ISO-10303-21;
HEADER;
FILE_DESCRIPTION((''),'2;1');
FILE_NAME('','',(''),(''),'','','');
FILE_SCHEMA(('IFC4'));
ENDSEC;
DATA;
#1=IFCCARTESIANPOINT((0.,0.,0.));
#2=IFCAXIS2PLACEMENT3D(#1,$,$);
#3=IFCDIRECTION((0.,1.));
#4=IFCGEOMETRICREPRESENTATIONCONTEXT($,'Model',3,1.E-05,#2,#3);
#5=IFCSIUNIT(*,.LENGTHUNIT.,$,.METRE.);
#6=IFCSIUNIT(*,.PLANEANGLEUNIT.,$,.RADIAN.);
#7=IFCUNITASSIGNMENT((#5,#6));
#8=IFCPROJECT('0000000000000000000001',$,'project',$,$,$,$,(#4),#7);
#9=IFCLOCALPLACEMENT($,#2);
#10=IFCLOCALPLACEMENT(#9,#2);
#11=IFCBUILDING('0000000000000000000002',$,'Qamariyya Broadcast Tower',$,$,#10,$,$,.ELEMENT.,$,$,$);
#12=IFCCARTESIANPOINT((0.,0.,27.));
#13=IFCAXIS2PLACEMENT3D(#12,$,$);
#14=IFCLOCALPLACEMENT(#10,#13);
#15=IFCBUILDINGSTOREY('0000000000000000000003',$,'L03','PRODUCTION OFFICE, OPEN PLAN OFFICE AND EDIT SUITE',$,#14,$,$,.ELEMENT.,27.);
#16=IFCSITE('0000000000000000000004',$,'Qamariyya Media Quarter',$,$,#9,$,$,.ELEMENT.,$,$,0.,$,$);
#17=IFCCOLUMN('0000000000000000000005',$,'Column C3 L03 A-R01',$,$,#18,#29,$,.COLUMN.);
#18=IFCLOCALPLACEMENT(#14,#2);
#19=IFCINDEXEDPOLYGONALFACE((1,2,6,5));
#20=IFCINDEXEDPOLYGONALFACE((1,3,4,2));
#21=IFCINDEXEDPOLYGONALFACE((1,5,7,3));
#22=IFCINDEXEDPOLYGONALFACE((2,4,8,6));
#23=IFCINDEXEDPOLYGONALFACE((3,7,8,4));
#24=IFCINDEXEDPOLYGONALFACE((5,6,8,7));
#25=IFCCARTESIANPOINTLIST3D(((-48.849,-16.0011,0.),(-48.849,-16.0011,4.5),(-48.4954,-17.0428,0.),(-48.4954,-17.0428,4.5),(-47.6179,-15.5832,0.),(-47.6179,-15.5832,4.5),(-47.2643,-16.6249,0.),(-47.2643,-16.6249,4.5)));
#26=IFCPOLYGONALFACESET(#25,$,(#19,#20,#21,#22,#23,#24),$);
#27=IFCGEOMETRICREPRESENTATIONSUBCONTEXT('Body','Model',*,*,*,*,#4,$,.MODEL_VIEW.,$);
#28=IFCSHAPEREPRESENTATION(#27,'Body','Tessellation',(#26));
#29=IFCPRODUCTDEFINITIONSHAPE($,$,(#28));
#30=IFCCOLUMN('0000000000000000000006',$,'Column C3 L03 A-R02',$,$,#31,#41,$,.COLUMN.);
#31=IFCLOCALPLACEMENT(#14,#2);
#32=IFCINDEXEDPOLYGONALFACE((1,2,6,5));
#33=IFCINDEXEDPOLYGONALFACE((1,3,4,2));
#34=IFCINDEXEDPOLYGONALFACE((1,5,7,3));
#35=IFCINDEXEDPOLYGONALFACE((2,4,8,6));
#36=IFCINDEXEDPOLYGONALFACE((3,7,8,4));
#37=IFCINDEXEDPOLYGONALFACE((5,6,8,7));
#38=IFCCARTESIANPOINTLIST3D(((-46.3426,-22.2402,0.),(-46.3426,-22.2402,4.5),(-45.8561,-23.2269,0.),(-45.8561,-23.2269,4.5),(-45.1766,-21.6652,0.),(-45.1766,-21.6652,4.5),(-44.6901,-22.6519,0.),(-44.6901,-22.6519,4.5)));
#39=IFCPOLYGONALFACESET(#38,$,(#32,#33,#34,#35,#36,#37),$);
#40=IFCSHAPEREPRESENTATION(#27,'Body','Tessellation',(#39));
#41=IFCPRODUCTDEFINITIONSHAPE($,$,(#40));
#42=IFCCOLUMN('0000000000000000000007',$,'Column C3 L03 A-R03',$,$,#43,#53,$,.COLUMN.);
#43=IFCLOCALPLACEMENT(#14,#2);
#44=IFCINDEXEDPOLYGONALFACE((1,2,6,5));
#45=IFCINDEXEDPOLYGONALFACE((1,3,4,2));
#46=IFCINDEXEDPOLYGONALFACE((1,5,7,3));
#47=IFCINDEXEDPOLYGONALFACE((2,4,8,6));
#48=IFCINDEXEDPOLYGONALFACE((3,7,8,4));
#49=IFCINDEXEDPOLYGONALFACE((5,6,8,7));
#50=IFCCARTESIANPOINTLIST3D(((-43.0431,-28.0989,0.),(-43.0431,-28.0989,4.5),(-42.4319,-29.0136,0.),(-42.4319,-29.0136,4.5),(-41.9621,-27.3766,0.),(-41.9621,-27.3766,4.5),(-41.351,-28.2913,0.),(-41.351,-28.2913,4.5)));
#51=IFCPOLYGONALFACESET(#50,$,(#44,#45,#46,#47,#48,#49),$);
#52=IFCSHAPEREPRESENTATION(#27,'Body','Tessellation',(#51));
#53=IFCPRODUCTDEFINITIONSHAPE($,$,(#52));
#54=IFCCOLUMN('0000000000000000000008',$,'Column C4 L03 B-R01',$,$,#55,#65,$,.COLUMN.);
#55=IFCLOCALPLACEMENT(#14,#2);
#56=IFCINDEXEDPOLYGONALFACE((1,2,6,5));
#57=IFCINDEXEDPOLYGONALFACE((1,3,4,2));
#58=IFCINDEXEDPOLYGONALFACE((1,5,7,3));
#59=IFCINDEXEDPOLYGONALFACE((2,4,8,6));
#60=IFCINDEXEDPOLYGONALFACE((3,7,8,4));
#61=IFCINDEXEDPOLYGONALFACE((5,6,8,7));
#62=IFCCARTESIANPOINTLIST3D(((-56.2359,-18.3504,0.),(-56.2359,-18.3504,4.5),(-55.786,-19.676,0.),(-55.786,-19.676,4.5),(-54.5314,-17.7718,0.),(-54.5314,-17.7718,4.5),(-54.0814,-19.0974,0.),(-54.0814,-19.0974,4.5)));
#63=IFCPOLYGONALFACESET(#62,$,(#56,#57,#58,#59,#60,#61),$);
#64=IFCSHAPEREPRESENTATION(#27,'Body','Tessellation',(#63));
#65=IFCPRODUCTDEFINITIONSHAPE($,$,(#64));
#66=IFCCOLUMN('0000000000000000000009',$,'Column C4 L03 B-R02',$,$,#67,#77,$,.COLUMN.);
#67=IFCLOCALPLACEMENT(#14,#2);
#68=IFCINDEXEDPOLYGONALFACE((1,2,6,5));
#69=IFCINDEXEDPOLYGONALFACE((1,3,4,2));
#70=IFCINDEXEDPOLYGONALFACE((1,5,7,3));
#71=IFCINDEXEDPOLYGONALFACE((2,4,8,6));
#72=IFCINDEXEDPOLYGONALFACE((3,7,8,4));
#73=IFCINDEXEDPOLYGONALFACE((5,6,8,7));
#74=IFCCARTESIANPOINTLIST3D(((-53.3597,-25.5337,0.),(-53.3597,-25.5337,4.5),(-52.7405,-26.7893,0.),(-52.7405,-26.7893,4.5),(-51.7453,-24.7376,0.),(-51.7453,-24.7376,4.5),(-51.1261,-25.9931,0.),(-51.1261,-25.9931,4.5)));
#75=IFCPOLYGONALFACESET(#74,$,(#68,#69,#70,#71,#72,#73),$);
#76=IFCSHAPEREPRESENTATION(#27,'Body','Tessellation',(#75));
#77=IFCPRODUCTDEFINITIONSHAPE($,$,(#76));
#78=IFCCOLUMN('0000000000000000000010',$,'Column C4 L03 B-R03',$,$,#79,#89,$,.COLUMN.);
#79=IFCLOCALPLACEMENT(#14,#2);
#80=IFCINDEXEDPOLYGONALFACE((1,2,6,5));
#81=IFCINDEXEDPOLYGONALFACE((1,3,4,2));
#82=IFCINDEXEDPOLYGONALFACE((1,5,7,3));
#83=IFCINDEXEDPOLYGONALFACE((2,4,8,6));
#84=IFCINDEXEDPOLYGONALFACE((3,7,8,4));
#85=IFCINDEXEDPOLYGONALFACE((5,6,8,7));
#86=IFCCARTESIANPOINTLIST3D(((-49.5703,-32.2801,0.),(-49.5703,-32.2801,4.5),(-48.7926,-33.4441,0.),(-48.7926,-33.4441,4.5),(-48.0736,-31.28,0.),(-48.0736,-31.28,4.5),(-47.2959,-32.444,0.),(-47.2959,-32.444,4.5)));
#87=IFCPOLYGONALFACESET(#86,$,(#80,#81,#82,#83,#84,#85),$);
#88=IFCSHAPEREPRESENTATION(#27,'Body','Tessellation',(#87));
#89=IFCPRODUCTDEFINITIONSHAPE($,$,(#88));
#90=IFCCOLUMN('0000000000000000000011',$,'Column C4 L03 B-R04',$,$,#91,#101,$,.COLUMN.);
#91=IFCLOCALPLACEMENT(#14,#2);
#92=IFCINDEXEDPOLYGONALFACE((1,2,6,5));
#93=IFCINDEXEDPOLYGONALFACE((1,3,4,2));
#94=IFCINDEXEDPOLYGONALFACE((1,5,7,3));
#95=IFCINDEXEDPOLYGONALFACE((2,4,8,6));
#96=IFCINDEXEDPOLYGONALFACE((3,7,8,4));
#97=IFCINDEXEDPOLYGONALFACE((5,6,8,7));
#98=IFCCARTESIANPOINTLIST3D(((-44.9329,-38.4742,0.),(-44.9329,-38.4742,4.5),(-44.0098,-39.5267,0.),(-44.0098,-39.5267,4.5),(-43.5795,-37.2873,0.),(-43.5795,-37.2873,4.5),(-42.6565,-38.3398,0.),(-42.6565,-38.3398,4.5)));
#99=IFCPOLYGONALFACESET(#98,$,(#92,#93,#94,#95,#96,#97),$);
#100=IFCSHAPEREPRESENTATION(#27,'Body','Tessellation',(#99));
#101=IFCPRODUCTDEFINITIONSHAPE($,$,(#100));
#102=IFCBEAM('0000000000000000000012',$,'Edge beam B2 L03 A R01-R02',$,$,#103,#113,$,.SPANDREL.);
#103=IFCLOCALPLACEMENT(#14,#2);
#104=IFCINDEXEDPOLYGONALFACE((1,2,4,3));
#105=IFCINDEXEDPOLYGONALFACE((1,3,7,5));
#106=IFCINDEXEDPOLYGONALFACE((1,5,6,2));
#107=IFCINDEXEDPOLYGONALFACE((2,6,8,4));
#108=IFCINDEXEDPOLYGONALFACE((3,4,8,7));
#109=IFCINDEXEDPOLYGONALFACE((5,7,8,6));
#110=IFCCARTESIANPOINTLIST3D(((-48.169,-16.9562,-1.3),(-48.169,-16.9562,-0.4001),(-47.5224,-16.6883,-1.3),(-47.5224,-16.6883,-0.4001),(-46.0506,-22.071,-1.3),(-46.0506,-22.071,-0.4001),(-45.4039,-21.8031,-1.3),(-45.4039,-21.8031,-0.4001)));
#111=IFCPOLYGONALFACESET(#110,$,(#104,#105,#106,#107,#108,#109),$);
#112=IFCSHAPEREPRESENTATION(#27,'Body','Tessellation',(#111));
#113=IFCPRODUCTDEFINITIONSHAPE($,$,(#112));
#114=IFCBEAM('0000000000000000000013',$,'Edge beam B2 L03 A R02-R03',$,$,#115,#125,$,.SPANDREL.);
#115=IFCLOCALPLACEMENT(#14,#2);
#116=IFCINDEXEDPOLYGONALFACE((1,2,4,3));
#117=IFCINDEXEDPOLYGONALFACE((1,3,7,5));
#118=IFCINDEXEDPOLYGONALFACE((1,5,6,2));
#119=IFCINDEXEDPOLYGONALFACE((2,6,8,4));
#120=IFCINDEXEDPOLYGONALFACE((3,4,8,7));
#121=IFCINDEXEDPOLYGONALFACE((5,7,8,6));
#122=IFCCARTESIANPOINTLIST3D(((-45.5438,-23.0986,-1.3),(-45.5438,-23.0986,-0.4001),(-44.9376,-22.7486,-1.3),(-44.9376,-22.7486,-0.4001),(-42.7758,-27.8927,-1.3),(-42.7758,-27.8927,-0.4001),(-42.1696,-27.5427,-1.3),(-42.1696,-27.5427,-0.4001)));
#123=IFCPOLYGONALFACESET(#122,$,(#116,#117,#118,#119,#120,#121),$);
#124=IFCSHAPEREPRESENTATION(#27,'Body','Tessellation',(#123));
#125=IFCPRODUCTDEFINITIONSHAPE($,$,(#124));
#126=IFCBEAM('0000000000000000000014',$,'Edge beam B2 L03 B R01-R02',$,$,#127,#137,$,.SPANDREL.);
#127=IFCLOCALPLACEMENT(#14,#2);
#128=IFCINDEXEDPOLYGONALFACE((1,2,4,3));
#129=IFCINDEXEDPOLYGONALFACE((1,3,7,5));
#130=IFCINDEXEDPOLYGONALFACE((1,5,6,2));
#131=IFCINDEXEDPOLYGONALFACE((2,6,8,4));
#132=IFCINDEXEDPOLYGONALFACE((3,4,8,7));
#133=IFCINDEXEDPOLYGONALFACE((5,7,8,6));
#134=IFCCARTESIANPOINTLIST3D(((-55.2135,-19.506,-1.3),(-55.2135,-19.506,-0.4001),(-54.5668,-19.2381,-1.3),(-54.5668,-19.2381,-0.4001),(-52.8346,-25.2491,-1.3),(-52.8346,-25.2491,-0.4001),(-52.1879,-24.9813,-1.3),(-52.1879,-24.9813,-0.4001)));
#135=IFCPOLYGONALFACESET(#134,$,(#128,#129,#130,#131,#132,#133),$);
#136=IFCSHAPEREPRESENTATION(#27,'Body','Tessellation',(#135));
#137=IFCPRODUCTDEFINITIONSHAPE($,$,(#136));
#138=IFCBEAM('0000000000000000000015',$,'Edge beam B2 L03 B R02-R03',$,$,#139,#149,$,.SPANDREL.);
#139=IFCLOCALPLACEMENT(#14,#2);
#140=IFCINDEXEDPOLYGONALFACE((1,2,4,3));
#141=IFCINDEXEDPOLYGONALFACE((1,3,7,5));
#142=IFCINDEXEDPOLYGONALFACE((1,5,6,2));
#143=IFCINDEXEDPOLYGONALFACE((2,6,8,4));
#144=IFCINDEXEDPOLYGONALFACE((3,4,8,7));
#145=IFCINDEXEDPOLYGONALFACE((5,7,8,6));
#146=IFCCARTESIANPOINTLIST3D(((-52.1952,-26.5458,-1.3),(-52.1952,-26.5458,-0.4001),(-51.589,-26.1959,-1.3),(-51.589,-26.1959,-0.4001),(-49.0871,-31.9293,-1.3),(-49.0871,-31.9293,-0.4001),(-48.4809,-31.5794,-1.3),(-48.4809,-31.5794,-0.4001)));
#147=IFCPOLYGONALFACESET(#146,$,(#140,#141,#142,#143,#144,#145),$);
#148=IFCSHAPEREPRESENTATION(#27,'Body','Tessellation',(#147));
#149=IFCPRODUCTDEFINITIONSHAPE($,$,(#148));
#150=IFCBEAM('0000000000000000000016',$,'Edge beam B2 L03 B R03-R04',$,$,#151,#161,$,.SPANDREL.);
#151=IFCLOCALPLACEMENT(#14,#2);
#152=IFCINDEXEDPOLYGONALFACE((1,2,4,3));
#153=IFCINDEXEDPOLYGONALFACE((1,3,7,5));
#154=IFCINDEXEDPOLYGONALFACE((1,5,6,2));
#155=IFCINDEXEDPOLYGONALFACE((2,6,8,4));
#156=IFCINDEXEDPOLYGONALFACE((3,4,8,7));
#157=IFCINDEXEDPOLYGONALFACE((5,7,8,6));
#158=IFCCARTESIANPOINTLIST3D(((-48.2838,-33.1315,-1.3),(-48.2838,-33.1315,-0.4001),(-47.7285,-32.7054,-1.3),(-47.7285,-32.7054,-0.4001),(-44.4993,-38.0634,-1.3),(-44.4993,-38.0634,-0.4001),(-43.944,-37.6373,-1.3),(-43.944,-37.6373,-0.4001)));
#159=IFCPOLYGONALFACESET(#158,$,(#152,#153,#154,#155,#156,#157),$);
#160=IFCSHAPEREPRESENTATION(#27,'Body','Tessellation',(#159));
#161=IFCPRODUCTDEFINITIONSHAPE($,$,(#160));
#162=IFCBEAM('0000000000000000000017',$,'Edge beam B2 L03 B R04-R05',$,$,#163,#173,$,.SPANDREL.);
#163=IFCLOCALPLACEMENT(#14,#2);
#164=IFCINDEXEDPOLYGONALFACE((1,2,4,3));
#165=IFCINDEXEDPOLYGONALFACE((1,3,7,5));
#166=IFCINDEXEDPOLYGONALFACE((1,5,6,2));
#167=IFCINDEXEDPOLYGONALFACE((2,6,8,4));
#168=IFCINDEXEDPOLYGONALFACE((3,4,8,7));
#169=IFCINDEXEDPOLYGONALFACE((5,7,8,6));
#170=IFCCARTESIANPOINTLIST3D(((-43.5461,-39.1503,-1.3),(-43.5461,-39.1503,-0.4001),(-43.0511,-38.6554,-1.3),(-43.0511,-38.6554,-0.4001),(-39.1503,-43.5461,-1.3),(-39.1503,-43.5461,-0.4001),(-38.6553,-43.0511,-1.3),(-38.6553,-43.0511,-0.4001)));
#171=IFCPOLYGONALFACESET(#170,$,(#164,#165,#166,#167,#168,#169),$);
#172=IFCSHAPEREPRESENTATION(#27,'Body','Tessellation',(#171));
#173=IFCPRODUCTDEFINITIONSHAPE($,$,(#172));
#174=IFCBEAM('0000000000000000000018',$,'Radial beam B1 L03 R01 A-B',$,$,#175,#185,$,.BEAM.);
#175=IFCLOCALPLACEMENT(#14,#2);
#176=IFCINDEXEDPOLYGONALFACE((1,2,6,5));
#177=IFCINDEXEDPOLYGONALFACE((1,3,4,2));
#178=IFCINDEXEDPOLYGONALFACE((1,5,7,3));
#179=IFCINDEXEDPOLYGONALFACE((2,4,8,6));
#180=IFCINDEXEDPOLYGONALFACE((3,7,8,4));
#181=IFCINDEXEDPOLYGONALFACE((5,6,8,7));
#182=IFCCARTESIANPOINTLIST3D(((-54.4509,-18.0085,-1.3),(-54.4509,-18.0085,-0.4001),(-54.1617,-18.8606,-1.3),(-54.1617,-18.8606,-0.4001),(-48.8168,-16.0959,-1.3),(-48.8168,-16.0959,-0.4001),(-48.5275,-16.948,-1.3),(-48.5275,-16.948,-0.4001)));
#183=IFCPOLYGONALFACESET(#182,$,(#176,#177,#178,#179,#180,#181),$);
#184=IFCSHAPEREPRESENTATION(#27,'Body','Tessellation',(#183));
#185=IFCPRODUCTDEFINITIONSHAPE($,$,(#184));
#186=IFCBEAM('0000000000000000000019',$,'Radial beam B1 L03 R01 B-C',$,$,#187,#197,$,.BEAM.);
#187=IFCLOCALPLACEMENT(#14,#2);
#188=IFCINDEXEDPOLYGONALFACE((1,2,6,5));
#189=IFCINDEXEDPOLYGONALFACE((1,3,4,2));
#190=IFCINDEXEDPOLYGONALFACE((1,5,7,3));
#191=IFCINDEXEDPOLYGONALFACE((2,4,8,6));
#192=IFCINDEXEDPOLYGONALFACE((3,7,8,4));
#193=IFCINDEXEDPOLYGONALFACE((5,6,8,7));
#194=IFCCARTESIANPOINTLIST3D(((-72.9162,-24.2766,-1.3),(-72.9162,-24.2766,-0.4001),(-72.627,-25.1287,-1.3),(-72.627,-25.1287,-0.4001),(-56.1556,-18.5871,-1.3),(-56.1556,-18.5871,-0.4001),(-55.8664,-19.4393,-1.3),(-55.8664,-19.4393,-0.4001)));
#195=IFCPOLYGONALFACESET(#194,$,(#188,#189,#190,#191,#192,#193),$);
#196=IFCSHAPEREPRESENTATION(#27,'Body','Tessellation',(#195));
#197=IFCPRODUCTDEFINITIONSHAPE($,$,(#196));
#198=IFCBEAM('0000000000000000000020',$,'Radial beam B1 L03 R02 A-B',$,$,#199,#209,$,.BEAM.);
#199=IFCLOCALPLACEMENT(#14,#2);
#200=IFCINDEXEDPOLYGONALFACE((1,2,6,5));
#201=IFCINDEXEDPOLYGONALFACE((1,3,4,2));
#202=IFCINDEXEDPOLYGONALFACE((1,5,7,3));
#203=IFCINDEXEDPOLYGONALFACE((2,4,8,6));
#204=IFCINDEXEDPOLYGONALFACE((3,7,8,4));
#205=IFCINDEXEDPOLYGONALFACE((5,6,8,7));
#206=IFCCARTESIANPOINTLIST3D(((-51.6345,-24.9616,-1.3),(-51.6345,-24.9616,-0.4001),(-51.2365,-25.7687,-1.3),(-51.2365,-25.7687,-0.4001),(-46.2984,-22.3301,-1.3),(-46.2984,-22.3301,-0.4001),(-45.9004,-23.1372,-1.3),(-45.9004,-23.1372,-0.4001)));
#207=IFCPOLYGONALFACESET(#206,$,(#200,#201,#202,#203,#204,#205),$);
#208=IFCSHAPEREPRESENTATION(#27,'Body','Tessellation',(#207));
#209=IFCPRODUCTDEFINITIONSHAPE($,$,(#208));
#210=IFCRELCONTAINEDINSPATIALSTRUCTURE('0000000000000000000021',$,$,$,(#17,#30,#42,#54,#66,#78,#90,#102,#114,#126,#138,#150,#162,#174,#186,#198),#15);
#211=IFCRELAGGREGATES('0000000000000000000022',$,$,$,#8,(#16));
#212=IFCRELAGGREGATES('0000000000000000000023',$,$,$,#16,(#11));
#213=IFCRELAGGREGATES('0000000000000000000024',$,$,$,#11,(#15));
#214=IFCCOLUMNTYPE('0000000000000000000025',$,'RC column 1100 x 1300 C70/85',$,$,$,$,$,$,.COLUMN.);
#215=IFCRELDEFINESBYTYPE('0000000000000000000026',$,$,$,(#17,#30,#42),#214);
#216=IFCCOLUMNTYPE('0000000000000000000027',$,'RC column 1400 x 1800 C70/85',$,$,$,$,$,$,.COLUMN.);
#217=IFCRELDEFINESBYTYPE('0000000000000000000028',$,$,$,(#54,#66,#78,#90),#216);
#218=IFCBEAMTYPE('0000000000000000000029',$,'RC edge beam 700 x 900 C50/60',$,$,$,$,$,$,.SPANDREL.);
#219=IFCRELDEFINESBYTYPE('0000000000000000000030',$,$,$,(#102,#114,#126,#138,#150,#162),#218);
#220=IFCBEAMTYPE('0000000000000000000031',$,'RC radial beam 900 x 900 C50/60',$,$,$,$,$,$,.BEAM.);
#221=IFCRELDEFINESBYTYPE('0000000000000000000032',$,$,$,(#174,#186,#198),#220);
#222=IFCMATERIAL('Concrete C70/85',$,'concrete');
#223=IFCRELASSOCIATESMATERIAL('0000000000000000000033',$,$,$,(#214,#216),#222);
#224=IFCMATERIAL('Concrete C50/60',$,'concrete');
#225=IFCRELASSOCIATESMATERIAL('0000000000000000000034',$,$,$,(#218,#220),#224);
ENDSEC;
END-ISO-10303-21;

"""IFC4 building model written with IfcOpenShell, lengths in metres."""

from ifc_helpers import new_model, si_unit, direction, frame, origin, origin_2d, place, context, subcontext, project, spatial, rectangle, extrude, material, material_profile, profile_set, type_object, element, save


model = new_model("IFC4")

# Units and contexts
model_context = context("Model", 3, precision=1e-05, world=origin(), true_north=direction((0.0, 1.0)))
body_context = subcontext(model_context, "Body", "Model", "MODEL_VIEW")
ifc_project = project(units=[si_unit("LENGTHUNIT", "METRE"), si_unit("PLANEANGLEUNIT", "RADIAN")], contexts=[model_context])

# Site, building, storey
site_placement = place(None, origin())
site = spatial("IfcSite", under=ifc_project, at=site_placement, Name="Qamariyya Media Quarter", CompositionType="ELEMENT", RefElevation=0.0)
building_placement = place(site_placement, origin())
building = spatial("IfcBuilding", under=site, at=building_placement, Name="Qamariyya Broadcast Tower", CompositionType="ELEMENT")
storey_placement = place(building_placement, frame((0.0, 0.0, 27.0)))
storey = spatial("IfcBuildingStorey", under=building, at=storey_placement, Name="L03", Description="PRODUCTION OFFICE, OPEN PLAN OFFICE AND EDIT SUITE", CompositionType="ELEMENT", Elevation=27.0)

# Columns
ifc_material_1 = material(Name="Concrete C70/85", Category="concrete")
ifc_material_profile_1 = material_profile(ifc_material_1, rectangle(XDim=1.1001, YDim=1.3, at=origin_2d()))
ifc_profile_set_1 = profile_set([ifc_material_profile_1], Name="Concrete C70/85")
column_type_1 = type_object("IfcColumnType", Name="RC column 1100 x 1300 C70/85", PredefinedType="COLUMN", material=ifc_profile_set_1)
for number, where, z_axis, x_axis, name in (
    (1, (-48.0566, -16.313, 0.0), (0.0, 0.0, 1.0), (0.321439, -0.94693, 0.0), "Column C3 L03 A-R01"),
    (2, (-45.5164, -22.446, 0.0), (0.0, 0.0, 1.0), (0.442289, -0.896873, 0.0), "Column C3 L03 A-R02"),
    (3, (-42.197, -28.1951, 0.0), (0.0, 0.0, 1.0), (0.55557, -0.83147, 0.0), "Column C3 L03 A-R03"),
):
    element("IfcColumn", number, at=place(storey_placement, frame(where, z_axis=z_axis, x_axis=x_axis)), inside=storey, type_object=column_type_1, Name=name, PredefinedType="COLUMN", context=body_context, shape_type="SweptSolid", body=[
        extrude(rectangle(XDim=1.1001, YDim=1.3, at=origin_2d()), origin(), (0.0, 0.0, 1.0), 4.5),
    ])
ifc_material_profile_2 = material_profile(ifc_material_1, rectangle(XDim=1.3999, YDim=1.8, at=origin_2d()))
ifc_profile_set_2 = profile_set([ifc_material_profile_2], Name="Concrete C70/85")
column_type_2 = type_object("IfcColumnType", Name="RC column 1400 x 1800 C70/85", PredefinedType="COLUMN", material=ifc_profile_set_2)
for number, where, z_axis, x_axis, name in (
    (4, (-55.1587, -18.7239, 0.0), (0.0, 0.0, 1.0), (0.321439, -0.94693, 0.0), "Column C4 L03 B-R01"),
    (5, (-52.2429, -25.7634, 0.0), (0.0, 0.0, 1.0), (0.442289, -0.896873, 0.0), "Column C4 L03 B-R02"),
    (6, (-48.4331, -32.3621, 0.0), (0.0, 0.0, 1.0), (0.55557, -0.83147, 0.0), "Column C4 L03 B-R03"),
    (7, (-43.7947, -38.407, 0.0), (0.0, 0.0, 1.0), (0.659346, -0.75184, 0.0), "Column C4 L03 B-R04"),
):
    element("IfcColumn", number, at=place(storey_placement, frame(where, z_axis=z_axis, x_axis=x_axis)), inside=storey, type_object=column_type_2, Name=name, PredefinedType="COLUMN", context=body_context, shape_type="SweptSolid", body=[
        extrude(rectangle(XDim=1.3999, YDim=1.8, at=origin_2d()), origin(), (0.0, 0.0, 1.0), 4.5),
    ])

# Beams
ifc_material_2 = material(Name="Concrete C50/60", Category="concrete")
ifc_material_profile_3 = material_profile(ifc_material_2, rectangle(XDim=0.7, YDim=0.8999, at=origin_2d()))
ifc_profile_set_3 = profile_set([ifc_material_profile_3], Name="Concrete C50/60")
beam_type_1 = type_object("IfcBeamType", Name="RC edge beam 700 x 900 C50/60", PredefinedType="SPANDREL", material=ifc_profile_set_3)
beam_1_placement = place(storey_placement, frame((-47.8457, -16.8223, -0.8501), z_axis=(0.382654, -0.923892, 0.0), x_axis=(0.923892, 0.382654, 0.0)))
element("IfcBeam", 8, at=beam_1_placement, inside=storey, type_object=beam_type_1, Name="Edge beam B2 L03 A R01-R02", PredefinedType="SPANDREL", context=body_context, shape_type="SweptSolid", body=[
    extrude(rectangle(XDim=0.7, YDim=0.8999, at=origin_2d()), origin(), (0.0, 0.0, 1.0), 5.5361),
])
beam_2_placement = place(storey_placement, frame((-45.2407, -22.9236, -0.8501), z_axis=(0.500019, -0.866014, 0.0), x_axis=(0.866014, 0.500019, 0.0)))
element("IfcBeam", 9, at=beam_2_placement, inside=storey, type_object=beam_type_1, Name="Edge beam B2 L03 A R02-R03", PredefinedType="SPANDREL", context=body_context, shape_type="SweptSolid", body=[
    extrude(rectangle(XDim=0.7, YDim=0.8999, at=origin_2d()), origin(), (0.0, 0.0, 1.0), 5.5359),
])
for number, where, z_axis, x_axis, name in (
    (10, (-54.8901, -19.3721, -0.8501), (0.382685, -0.923879, 0.0), (0.923879, 0.382685, 0.0), "Edge beam B2 L03 B R01-R02"),
    (11, (-51.8921, -26.3708, -0.8501), (0.499996, -0.866028, 0.0), (0.866028, 0.499996, 0.0), "Edge beam B2 L03 B R02-R03"),
):
    element("IfcBeam", number, at=place(storey_placement, frame(where, z_axis=z_axis, x_axis=x_axis)), inside=storey, type_object=beam_type_1, Name=name, PredefinedType="SPANDREL", context=body_context, shape_type="SweptSolid", body=[
        extrude(rectangle(XDim=0.7, YDim=0.8999, at=origin_2d()), origin(), (0.0, 0.0, 1.0), 6.2163),
    ])
for number, where, z_axis, x_axis, name in (
    (12, (-48.0061, -32.9185, -0.8501), (0.608767, -0.793349, 0.0), (0.793349, 0.608767, 0.0), "Edge beam B2 L03 B R03-R04"),
    (13, (-43.2986, -38.9028, -0.8501), (0.707107, -0.707107, 0.0), (0.707107, 0.707107, 0.0), "Edge beam B2 L03 B R04-R05"),
):
    element("IfcBeam", number, at=place(storey_placement, frame(where, z_axis=z_axis, x_axis=x_axis)), inside=storey, type_object=beam_type_1, Name=name, PredefinedType="SPANDREL", context=body_context, shape_type="SweptSolid", body=[
        extrude(rectangle(XDim=0.7, YDim=0.8999, at=origin_2d()), origin(), (0.0, 0.0, 1.0), 6.2166),
    ])
ifc_material_profile_4 = material_profile(ifc_material_2, rectangle(XDim=0.8999, YDim=0.8999, at=origin_2d()))
ifc_profile_set_4 = profile_set([ifc_material_profile_4], Name="Concrete C50/60")
beam_type_2 = type_object("IfcBeamType", Name="RC radial beam 900 x 900 C50/60", PredefinedType="BEAM", material=ifc_profile_set_4)
beam_3_placement = place(storey_placement, frame((-48.6721, -16.522, -0.8501), z_axis=(-0.946929, -0.321442, 0.0), x_axis=(0.321442, -0.946929, 0.0)))
element("IfcBeam", 14, at=beam_3_placement, inside=storey, type_object=beam_type_2, Name="Radial beam B1 L03 R01 A-B", PredefinedType="BEAM", context=body_context, shape_type="SweptSolid", body=[
    extrude(rectangle(XDim=0.8999, YDim=0.8999, at=origin_2d()), origin(), (0.0, 0.0, 1.0), 5.95),
])
beam_4_placement = place(storey_placement, frame((-56.011, -19.0132, -0.8501), z_axis=(-0.94693, -0.321441, 0.0), x_axis=(0.321441, -0.94693, 0.0)))
element("IfcBeam", 15, at=beam_4_placement, inside=storey, type_object=beam_type_2, Name="Radial beam B1 L03 R01 B-C", PredefinedType="BEAM", context=body_context, shape_type="SweptSolid", body=[
    extrude(rectangle(XDim=0.8999, YDim=0.8999, at=origin_2d()), origin(), (0.0, 0.0, 1.0), 17.7),
])
beam_5_placement = place(storey_placement, frame((-46.0994, -22.7336, -0.8501), z_axis=(-0.896868, -0.442299, 0.0), x_axis=(0.442299, -0.896868, 0.0)))
element("IfcBeam", 16, at=beam_5_placement, inside=storey, type_object=beam_type_2, Name="Radial beam B1 L03 R02 A-B", PredefinedType="BEAM", context=body_context, shape_type="SweptSolid", body=[
    extrude(rectangle(XDim=0.8999, YDim=0.8999, at=origin_2d()), origin(), (0.0, 0.0, 1.0), 5.9497),
])

save(model, "model.ifc")
